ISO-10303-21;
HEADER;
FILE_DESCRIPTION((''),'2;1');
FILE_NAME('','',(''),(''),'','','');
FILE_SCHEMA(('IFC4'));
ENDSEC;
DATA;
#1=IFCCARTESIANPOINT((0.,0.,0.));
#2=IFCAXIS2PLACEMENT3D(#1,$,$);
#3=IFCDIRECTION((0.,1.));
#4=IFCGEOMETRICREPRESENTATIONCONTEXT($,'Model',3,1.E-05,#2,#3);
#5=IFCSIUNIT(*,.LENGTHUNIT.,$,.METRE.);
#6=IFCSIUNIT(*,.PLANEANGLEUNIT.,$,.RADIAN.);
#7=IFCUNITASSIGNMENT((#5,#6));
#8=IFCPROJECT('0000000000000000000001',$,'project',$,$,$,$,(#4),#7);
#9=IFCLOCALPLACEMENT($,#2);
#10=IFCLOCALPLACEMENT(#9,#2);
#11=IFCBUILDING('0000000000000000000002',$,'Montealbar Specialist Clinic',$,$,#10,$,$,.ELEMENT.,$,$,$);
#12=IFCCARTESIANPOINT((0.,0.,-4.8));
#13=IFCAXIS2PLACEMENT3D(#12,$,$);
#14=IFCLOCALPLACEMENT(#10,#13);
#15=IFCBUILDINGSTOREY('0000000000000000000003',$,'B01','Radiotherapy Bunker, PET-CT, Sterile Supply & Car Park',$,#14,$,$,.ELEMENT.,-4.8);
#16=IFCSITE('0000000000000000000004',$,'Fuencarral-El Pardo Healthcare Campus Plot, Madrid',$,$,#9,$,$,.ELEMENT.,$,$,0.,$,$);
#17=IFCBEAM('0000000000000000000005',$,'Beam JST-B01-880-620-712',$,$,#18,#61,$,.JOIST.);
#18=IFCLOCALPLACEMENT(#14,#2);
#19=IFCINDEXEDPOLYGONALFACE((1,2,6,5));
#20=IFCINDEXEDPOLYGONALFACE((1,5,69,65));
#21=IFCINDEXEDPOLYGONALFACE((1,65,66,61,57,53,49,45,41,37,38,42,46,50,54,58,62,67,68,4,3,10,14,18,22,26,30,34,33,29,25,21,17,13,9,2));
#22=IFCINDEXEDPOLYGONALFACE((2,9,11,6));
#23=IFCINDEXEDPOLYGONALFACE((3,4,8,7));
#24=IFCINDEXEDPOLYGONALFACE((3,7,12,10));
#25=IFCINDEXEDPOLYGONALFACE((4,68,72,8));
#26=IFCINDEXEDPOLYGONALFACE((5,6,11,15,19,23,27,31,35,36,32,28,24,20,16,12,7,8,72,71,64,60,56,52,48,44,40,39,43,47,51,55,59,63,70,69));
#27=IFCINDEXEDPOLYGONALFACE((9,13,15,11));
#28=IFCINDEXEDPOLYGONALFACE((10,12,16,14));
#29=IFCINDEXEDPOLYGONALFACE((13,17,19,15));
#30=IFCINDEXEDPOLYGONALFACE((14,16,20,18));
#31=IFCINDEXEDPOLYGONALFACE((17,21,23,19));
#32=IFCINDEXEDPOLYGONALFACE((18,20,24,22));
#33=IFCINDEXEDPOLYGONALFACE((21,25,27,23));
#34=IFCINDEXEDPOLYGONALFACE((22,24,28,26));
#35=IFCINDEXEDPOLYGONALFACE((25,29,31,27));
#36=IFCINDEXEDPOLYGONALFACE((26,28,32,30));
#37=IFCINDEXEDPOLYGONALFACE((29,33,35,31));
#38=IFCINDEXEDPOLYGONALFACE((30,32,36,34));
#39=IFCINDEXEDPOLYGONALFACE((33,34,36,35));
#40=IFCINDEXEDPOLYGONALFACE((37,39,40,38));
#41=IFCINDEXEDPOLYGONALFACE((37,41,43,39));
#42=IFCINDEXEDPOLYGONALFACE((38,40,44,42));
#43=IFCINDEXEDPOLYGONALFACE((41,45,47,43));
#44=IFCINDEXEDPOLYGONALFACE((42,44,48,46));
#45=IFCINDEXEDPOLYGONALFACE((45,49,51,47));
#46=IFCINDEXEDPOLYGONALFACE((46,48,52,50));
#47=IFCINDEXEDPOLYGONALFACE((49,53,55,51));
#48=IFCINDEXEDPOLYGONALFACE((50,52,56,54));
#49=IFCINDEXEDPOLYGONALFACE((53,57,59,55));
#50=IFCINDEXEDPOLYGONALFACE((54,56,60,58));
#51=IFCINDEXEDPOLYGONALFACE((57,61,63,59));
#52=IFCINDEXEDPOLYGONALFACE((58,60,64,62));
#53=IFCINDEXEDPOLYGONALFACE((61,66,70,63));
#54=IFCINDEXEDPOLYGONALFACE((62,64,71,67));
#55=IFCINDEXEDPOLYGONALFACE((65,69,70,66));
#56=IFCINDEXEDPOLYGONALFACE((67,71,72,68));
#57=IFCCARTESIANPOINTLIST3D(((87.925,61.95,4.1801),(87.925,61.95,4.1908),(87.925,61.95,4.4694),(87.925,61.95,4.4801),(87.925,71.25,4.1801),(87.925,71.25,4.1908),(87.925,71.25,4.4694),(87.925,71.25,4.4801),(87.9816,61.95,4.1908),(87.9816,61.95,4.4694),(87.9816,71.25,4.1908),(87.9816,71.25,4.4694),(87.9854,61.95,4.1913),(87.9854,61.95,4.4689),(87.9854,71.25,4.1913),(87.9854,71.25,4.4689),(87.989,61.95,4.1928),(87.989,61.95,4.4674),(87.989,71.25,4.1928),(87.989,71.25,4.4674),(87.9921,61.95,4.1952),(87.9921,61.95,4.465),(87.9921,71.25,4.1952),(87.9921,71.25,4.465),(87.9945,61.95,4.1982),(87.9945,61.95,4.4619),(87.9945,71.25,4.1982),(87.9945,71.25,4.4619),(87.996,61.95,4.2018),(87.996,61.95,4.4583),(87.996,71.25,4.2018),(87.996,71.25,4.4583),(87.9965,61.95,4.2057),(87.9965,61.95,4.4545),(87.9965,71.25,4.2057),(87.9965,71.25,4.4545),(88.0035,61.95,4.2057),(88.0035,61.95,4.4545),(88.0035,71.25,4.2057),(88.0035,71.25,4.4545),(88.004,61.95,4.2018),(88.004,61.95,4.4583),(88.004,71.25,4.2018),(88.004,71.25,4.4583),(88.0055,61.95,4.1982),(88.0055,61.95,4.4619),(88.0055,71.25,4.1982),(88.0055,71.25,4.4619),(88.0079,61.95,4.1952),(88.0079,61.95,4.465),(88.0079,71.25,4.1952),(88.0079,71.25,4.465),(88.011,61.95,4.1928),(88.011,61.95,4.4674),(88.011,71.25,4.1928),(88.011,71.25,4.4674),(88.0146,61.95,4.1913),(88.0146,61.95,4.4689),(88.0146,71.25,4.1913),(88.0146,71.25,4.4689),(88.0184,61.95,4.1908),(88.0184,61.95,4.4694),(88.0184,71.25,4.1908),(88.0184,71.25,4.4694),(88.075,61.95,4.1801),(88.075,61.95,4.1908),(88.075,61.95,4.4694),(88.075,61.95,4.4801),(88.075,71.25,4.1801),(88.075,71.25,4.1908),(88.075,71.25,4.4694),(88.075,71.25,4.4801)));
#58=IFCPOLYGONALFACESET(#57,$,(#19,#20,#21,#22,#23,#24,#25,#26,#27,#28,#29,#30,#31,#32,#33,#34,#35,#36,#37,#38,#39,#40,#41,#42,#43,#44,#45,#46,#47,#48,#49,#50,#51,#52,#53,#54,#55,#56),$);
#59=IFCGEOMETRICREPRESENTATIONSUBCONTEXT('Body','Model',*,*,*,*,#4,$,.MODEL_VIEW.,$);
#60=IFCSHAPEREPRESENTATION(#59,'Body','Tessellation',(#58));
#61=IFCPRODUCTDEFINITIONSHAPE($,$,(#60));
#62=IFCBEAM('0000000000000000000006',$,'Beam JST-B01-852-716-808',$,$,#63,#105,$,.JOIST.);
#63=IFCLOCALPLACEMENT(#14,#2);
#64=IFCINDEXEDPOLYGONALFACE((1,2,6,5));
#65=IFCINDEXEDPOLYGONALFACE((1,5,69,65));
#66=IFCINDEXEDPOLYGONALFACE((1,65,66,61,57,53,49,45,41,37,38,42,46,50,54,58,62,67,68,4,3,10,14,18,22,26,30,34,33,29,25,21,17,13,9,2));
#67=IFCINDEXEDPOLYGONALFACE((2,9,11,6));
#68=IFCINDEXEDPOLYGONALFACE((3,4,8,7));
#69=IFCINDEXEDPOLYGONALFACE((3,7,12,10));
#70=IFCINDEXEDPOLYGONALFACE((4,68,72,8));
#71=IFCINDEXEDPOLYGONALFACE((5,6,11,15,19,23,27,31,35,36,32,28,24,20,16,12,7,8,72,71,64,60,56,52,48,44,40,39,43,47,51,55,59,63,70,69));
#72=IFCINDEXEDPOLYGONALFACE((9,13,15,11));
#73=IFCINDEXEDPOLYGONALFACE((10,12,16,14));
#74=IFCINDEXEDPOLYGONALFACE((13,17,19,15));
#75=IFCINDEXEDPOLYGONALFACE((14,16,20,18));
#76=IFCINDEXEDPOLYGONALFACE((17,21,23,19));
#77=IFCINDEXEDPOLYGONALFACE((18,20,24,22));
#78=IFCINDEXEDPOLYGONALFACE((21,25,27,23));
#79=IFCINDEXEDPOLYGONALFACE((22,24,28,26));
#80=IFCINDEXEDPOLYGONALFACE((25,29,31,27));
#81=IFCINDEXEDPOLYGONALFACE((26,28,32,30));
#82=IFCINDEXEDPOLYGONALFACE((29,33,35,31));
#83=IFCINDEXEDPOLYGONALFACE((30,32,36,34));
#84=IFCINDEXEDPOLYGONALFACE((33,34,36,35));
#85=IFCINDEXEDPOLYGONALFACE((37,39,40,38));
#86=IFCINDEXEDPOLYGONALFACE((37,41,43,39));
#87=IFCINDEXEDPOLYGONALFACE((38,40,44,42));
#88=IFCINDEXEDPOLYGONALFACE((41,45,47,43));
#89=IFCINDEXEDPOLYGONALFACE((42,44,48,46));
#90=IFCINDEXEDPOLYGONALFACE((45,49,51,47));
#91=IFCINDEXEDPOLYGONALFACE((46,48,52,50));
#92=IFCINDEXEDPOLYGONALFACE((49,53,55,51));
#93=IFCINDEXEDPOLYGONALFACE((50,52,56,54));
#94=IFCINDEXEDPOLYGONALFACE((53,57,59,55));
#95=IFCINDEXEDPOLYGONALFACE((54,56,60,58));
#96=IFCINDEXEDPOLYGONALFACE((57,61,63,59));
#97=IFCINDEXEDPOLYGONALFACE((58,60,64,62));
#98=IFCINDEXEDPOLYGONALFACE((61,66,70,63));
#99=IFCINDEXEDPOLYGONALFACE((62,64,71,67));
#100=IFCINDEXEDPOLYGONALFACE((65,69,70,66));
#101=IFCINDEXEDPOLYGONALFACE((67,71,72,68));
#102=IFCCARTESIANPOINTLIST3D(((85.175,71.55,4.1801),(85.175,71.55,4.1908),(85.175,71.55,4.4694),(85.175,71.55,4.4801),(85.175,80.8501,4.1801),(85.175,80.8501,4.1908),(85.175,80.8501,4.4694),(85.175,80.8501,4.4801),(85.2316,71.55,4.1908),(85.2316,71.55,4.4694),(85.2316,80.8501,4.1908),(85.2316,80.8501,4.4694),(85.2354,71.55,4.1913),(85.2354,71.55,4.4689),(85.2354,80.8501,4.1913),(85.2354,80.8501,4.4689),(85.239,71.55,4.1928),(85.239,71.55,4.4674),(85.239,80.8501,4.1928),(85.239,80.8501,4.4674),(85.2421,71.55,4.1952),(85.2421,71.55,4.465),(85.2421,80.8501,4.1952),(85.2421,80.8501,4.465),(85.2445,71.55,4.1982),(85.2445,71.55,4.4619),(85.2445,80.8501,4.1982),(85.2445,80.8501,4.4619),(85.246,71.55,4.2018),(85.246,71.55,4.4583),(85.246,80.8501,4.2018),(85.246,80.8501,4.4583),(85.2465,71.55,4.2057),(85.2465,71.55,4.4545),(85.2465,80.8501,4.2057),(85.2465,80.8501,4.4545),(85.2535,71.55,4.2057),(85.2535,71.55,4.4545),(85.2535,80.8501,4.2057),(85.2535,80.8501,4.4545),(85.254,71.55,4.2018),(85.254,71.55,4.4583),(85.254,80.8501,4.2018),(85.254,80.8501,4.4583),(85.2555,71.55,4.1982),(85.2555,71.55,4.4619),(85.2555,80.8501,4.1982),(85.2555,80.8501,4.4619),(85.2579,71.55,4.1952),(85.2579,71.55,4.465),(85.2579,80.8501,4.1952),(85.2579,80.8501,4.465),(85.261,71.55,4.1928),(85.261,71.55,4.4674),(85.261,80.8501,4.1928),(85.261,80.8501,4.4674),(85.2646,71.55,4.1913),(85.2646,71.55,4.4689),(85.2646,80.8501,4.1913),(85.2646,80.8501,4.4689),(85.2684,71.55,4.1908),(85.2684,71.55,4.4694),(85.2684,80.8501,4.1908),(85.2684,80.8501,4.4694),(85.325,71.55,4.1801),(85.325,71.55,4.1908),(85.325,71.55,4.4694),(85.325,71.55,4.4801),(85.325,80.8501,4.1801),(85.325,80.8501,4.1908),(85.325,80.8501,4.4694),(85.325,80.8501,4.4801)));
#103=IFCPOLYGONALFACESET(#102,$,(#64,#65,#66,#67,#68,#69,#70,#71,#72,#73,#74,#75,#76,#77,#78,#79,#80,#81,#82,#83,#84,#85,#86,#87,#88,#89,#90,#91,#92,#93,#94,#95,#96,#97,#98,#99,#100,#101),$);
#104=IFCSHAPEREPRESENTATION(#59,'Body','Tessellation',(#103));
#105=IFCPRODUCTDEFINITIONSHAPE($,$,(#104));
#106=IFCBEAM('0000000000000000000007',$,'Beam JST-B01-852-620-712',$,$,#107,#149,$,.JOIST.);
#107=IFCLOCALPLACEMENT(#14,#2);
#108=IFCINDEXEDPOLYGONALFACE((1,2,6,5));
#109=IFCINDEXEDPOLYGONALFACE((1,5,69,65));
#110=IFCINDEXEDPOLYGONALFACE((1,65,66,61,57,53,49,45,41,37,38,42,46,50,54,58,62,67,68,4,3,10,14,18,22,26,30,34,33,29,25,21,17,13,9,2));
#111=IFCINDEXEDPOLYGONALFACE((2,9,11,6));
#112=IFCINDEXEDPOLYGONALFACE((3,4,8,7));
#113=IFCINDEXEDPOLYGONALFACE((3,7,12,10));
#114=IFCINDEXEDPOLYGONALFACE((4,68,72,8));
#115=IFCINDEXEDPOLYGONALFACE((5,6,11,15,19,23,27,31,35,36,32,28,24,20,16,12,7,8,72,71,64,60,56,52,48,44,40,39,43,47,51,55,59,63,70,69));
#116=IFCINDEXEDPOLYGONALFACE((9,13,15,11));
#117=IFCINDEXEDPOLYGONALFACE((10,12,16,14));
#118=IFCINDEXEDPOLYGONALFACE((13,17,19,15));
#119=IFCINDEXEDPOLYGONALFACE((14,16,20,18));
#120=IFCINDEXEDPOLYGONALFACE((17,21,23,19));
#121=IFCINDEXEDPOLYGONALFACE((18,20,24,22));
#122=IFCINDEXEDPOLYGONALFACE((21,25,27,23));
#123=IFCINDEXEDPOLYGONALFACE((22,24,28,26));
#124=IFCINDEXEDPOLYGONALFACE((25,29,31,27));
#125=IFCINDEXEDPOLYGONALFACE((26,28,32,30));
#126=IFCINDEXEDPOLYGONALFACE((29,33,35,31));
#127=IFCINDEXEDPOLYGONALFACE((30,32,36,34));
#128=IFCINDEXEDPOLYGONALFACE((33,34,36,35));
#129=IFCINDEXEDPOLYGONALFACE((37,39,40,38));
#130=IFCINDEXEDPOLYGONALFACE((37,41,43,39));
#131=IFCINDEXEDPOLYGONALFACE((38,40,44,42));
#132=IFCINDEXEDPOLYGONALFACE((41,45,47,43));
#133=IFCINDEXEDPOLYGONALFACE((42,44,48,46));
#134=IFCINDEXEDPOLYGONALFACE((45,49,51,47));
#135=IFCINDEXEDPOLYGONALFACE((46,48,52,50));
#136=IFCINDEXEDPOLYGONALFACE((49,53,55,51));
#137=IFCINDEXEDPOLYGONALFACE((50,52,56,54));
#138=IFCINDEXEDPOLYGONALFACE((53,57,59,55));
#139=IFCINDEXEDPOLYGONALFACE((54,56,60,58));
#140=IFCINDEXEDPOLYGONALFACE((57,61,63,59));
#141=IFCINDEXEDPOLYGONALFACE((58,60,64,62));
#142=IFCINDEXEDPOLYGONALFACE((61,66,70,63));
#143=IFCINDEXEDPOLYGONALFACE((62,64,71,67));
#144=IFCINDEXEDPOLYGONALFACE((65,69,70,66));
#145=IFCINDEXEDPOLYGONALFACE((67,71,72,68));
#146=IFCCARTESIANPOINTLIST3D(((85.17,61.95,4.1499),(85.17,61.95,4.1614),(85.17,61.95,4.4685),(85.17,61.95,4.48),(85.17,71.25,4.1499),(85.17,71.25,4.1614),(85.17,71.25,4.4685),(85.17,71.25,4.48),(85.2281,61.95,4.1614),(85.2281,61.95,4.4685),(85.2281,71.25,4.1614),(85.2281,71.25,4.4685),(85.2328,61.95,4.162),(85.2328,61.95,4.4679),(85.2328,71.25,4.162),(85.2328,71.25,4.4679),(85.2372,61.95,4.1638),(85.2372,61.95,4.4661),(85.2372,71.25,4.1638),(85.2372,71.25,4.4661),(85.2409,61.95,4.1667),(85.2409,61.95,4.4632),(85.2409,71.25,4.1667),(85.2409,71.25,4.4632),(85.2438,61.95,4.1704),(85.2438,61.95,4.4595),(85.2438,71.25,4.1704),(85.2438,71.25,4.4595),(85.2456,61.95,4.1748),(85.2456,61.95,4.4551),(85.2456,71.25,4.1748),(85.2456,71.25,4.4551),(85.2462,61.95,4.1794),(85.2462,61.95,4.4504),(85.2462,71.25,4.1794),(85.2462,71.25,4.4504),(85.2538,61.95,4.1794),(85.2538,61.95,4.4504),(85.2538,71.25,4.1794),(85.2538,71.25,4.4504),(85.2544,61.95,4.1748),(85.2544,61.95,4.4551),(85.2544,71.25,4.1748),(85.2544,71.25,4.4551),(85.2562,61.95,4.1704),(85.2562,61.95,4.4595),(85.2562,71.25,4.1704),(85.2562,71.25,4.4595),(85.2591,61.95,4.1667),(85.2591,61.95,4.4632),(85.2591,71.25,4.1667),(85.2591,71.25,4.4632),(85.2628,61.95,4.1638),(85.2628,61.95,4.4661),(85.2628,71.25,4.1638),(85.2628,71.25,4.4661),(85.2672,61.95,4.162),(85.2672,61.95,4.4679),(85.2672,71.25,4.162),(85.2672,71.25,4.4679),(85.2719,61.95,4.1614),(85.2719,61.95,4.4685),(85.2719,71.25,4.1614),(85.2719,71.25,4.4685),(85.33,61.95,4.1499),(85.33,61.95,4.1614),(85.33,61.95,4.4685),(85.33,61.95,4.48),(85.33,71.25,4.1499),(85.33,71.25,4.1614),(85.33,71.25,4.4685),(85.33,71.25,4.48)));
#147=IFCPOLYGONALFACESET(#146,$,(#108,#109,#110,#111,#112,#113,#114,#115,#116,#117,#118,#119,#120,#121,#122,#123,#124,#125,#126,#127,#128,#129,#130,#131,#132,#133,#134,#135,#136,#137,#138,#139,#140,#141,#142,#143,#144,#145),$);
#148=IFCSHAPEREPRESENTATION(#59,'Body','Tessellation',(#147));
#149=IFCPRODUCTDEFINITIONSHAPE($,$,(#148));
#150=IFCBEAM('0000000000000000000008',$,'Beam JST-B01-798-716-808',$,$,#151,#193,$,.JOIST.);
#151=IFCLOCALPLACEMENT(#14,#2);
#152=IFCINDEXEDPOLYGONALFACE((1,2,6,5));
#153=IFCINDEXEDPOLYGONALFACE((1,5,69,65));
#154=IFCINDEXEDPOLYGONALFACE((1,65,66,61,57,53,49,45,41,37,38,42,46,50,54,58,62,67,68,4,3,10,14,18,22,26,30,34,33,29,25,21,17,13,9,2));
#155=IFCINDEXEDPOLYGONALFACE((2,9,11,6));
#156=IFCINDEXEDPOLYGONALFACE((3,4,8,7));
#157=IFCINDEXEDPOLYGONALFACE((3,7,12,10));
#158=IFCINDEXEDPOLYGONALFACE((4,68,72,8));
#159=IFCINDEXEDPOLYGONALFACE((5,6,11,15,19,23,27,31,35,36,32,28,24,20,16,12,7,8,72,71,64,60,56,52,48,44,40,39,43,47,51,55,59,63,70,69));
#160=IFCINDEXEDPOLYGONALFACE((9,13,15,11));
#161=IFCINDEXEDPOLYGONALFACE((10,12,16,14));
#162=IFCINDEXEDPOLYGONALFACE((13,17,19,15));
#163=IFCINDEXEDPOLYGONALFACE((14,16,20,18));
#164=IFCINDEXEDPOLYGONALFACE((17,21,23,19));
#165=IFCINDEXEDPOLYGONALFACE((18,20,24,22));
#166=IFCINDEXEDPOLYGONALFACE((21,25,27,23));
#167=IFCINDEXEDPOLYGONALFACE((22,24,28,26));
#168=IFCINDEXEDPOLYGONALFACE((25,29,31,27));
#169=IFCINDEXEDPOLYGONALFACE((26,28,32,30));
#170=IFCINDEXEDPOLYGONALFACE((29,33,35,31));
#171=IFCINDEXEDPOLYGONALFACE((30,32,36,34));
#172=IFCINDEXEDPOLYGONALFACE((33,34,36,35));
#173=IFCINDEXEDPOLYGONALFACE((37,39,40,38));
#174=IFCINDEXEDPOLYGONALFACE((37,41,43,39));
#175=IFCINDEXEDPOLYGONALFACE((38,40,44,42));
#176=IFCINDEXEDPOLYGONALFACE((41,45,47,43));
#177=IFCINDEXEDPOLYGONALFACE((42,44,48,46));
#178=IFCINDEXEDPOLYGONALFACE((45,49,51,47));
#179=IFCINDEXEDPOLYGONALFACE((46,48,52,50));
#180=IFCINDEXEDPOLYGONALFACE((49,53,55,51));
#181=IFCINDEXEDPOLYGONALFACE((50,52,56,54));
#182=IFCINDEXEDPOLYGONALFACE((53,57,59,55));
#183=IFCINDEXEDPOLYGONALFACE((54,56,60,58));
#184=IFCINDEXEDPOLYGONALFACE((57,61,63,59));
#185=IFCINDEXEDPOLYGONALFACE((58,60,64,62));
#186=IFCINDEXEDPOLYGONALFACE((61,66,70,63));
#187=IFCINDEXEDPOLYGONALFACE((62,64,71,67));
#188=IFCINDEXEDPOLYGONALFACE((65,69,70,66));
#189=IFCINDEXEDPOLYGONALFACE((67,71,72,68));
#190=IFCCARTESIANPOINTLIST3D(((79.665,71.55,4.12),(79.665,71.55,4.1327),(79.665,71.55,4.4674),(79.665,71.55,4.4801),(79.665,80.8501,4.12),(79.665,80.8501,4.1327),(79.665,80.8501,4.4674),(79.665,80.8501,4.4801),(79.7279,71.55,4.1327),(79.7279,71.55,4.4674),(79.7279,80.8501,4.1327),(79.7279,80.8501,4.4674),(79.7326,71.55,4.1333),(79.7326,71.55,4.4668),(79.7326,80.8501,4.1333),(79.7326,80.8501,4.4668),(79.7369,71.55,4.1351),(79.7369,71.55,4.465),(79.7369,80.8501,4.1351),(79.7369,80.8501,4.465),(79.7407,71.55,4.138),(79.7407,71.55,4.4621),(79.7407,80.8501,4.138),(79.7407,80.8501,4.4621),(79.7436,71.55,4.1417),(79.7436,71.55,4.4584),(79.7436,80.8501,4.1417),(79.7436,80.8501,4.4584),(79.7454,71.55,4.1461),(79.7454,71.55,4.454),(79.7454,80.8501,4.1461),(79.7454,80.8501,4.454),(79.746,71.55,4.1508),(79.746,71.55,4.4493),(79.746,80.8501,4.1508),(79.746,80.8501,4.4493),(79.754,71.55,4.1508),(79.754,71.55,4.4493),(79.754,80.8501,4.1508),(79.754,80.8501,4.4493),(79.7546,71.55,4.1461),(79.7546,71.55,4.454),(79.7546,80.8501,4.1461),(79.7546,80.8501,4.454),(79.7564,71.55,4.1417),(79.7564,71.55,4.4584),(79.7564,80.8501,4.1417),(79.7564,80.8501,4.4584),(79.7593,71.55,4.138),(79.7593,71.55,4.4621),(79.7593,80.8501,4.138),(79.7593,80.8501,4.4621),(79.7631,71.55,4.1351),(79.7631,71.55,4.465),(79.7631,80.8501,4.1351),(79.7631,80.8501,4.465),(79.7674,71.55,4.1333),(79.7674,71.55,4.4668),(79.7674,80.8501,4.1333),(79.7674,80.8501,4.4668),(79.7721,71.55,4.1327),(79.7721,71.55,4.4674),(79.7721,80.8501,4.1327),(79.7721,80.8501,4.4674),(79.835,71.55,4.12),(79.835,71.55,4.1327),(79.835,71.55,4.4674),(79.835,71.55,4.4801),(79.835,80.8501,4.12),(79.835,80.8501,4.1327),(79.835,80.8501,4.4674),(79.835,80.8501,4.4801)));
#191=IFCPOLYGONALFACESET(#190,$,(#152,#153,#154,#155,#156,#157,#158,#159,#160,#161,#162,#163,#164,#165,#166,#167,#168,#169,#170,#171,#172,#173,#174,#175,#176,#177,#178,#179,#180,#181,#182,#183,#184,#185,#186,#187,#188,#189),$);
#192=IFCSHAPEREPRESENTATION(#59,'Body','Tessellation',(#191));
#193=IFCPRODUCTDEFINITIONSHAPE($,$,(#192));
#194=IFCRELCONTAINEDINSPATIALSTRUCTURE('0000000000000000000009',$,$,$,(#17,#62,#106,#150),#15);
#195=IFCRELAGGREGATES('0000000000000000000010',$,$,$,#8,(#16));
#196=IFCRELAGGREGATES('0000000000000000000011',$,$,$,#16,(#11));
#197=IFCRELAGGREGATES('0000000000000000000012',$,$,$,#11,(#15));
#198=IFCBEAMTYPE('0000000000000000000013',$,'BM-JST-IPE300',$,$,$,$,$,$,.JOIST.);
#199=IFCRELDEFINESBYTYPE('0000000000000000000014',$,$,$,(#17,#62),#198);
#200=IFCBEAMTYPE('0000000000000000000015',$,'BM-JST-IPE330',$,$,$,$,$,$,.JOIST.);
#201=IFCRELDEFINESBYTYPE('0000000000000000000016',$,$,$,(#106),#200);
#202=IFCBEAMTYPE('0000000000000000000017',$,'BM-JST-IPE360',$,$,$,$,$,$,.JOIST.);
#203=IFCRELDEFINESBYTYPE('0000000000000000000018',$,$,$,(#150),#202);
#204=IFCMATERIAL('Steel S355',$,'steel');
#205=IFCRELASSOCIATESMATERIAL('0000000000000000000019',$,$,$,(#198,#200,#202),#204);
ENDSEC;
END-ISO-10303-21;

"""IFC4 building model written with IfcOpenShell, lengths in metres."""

from ifc_helpers import new_model, si_unit, direction, frame, origin, origin_2d, place, context, subcontext, project, spatial, i_section, extrude, material, material_profile, profile_set, type_object, element, save


model = new_model("IFC4")

# Units and contexts
model_context = context("Model", 3, precision=1e-05, world=origin(), true_north=direction((0.0, 1.0)))
body_context = subcontext(model_context, "Body", "Model", "MODEL_VIEW")
ifc_project = project(units=[si_unit("LENGTHUNIT", "METRE"), si_unit("PLANEANGLEUNIT", "RADIAN")], contexts=[model_context])

# Site, building, storey
site_placement = place(None, origin())
site = spatial("IfcSite", under=ifc_project, at=site_placement, Name="Fuencarral-El Pardo Healthcare Campus Plot, Madrid", CompositionType="ELEMENT", RefElevation=0.0)
building_placement = place(site_placement, origin())
building = spatial("IfcBuilding", under=site, at=building_placement, Name="Montealbar Specialist Clinic", CompositionType="ELEMENT")
storey_placement = place(building_placement, frame((0.0, 0.0, -4.8)))
storey = spatial("IfcBuildingStorey", under=building, at=storey_placement, Name="B01", Description="Radiotherapy Bunker, PET-CT, Sterile Supply & Car Park", CompositionType="ELEMENT", Elevation=-4.8)

# Shared definitions
ifc_material_1 = material(Name="Steel S355", Category="steel")

# Beams
ifc_material_profile_1 = material_profile(ifc_material_1, i_section(OverallWidth=0.1499, OverallDepth=0.3, WebThickness=0.0071, FlangeThickness=0.0107, FilletRadius=0.0149, at=origin_2d()), Name="IPE 300", Category="steel")
ifc_profile_set_1 = profile_set([ifc_material_profile_1], Name="Steel S355")
beam_type_1 = type_object("IfcBeamType", Name="BM-JST-IPE300", PredefinedType="JOIST", material=ifc_profile_set_1)
for number, where, z_axis, x_axis, name in (
    (1, (88.0, 61.95, 4.3301), (0.0, 1.0, 0.0), (-1.0, 0.0, 0.0), "Beam JST-B01-880-620-712"),
    (2, (85.25, 71.55, 4.3301), (0.0, 1.0, 0.0), (-1.0, 0.0, 0.0), "Beam JST-B01-852-716-808"),
):
    element("IfcBeam", number, at=place(storey_placement, frame(where, z_axis=z_axis, x_axis=x_axis)), inside=storey, type_object=beam_type_1, Name=name, PredefinedType="JOIST", context=body_context, shape_type="SweptSolid", body=[
        extrude(i_section(OverallWidth=0.1499, OverallDepth=0.3, WebThickness=0.0071, FlangeThickness=0.0107, FilletRadius=0.0149, at=origin_2d()), origin(), (0.0, 0.0, 1.0), 9.3),
    ])
ifc_material_profile_2 = material_profile(ifc_material_1, i_section(OverallWidth=0.1599, OverallDepth=0.3301, WebThickness=0.0076, FlangeThickness=0.0115, FilletRadius=0.0181, at=origin_2d()), Name="IPE 330", Category="steel")
ifc_profile_set_2 = profile_set([ifc_material_profile_2], Name="Steel S355")
beam_type_2 = type_object("IfcBeamType", Name="BM-JST-IPE330", PredefinedType="JOIST", material=ifc_profile_set_2)
beam_1_placement = place(storey_placement, frame((85.25, 61.95, 4.3149), z_axis=(0.0, 1.0, 0.0), x_axis=(-1.0, 0.0, 0.0)))
element("IfcBeam", 3, at=beam_1_placement, inside=storey, type_object=beam_type_2, Name="Beam JST-B01-852-620-712", PredefinedType="JOIST", context=body_context, shape_type="SweptSolid", body=[
    extrude(i_section(OverallWidth=0.1599, OverallDepth=0.3301, WebThickness=0.0076, FlangeThickness=0.0115, FilletRadius=0.0181, at=origin_2d()), origin(), (0.0, 0.0, 1.0), 9.3),
])
ifc_material_profile_3 = material_profile(ifc_material_1, i_section(OverallWidth=0.1699, OverallDepth=0.3601, WebThickness=0.0081, FlangeThickness=0.0127, FilletRadius=0.0181, at=origin_2d()), Name="IPE 360", Category="steel")
ifc_profile_set_3 = profile_set([ifc_material_profile_3], Name="Steel S355")
beam_type_3 = type_object("IfcBeamType", Name="BM-JST-IPE360", PredefinedType="JOIST", material=ifc_profile_set_3)
beam_2_placement = place(storey_placement, frame((79.75, 71.55, 4.3), z_axis=(0.0, 1.0, 0.0), x_axis=(-1.0, 0.0, 0.0)))
element("IfcBeam", 4, at=beam_2_placement, inside=storey, type_object=beam_type_3, Name="Beam JST-B01-798-716-808", PredefinedType="JOIST", context=body_context, shape_type="SweptSolid", body=[
    extrude(i_section(OverallWidth=0.1699, OverallDepth=0.3601, WebThickness=0.0081, FlangeThickness=0.0127, FilletRadius=0.0181, at=origin_2d()), origin(), (0.0, 0.0, 1.0), 9.3),
])

save(model, "model.ifc")
